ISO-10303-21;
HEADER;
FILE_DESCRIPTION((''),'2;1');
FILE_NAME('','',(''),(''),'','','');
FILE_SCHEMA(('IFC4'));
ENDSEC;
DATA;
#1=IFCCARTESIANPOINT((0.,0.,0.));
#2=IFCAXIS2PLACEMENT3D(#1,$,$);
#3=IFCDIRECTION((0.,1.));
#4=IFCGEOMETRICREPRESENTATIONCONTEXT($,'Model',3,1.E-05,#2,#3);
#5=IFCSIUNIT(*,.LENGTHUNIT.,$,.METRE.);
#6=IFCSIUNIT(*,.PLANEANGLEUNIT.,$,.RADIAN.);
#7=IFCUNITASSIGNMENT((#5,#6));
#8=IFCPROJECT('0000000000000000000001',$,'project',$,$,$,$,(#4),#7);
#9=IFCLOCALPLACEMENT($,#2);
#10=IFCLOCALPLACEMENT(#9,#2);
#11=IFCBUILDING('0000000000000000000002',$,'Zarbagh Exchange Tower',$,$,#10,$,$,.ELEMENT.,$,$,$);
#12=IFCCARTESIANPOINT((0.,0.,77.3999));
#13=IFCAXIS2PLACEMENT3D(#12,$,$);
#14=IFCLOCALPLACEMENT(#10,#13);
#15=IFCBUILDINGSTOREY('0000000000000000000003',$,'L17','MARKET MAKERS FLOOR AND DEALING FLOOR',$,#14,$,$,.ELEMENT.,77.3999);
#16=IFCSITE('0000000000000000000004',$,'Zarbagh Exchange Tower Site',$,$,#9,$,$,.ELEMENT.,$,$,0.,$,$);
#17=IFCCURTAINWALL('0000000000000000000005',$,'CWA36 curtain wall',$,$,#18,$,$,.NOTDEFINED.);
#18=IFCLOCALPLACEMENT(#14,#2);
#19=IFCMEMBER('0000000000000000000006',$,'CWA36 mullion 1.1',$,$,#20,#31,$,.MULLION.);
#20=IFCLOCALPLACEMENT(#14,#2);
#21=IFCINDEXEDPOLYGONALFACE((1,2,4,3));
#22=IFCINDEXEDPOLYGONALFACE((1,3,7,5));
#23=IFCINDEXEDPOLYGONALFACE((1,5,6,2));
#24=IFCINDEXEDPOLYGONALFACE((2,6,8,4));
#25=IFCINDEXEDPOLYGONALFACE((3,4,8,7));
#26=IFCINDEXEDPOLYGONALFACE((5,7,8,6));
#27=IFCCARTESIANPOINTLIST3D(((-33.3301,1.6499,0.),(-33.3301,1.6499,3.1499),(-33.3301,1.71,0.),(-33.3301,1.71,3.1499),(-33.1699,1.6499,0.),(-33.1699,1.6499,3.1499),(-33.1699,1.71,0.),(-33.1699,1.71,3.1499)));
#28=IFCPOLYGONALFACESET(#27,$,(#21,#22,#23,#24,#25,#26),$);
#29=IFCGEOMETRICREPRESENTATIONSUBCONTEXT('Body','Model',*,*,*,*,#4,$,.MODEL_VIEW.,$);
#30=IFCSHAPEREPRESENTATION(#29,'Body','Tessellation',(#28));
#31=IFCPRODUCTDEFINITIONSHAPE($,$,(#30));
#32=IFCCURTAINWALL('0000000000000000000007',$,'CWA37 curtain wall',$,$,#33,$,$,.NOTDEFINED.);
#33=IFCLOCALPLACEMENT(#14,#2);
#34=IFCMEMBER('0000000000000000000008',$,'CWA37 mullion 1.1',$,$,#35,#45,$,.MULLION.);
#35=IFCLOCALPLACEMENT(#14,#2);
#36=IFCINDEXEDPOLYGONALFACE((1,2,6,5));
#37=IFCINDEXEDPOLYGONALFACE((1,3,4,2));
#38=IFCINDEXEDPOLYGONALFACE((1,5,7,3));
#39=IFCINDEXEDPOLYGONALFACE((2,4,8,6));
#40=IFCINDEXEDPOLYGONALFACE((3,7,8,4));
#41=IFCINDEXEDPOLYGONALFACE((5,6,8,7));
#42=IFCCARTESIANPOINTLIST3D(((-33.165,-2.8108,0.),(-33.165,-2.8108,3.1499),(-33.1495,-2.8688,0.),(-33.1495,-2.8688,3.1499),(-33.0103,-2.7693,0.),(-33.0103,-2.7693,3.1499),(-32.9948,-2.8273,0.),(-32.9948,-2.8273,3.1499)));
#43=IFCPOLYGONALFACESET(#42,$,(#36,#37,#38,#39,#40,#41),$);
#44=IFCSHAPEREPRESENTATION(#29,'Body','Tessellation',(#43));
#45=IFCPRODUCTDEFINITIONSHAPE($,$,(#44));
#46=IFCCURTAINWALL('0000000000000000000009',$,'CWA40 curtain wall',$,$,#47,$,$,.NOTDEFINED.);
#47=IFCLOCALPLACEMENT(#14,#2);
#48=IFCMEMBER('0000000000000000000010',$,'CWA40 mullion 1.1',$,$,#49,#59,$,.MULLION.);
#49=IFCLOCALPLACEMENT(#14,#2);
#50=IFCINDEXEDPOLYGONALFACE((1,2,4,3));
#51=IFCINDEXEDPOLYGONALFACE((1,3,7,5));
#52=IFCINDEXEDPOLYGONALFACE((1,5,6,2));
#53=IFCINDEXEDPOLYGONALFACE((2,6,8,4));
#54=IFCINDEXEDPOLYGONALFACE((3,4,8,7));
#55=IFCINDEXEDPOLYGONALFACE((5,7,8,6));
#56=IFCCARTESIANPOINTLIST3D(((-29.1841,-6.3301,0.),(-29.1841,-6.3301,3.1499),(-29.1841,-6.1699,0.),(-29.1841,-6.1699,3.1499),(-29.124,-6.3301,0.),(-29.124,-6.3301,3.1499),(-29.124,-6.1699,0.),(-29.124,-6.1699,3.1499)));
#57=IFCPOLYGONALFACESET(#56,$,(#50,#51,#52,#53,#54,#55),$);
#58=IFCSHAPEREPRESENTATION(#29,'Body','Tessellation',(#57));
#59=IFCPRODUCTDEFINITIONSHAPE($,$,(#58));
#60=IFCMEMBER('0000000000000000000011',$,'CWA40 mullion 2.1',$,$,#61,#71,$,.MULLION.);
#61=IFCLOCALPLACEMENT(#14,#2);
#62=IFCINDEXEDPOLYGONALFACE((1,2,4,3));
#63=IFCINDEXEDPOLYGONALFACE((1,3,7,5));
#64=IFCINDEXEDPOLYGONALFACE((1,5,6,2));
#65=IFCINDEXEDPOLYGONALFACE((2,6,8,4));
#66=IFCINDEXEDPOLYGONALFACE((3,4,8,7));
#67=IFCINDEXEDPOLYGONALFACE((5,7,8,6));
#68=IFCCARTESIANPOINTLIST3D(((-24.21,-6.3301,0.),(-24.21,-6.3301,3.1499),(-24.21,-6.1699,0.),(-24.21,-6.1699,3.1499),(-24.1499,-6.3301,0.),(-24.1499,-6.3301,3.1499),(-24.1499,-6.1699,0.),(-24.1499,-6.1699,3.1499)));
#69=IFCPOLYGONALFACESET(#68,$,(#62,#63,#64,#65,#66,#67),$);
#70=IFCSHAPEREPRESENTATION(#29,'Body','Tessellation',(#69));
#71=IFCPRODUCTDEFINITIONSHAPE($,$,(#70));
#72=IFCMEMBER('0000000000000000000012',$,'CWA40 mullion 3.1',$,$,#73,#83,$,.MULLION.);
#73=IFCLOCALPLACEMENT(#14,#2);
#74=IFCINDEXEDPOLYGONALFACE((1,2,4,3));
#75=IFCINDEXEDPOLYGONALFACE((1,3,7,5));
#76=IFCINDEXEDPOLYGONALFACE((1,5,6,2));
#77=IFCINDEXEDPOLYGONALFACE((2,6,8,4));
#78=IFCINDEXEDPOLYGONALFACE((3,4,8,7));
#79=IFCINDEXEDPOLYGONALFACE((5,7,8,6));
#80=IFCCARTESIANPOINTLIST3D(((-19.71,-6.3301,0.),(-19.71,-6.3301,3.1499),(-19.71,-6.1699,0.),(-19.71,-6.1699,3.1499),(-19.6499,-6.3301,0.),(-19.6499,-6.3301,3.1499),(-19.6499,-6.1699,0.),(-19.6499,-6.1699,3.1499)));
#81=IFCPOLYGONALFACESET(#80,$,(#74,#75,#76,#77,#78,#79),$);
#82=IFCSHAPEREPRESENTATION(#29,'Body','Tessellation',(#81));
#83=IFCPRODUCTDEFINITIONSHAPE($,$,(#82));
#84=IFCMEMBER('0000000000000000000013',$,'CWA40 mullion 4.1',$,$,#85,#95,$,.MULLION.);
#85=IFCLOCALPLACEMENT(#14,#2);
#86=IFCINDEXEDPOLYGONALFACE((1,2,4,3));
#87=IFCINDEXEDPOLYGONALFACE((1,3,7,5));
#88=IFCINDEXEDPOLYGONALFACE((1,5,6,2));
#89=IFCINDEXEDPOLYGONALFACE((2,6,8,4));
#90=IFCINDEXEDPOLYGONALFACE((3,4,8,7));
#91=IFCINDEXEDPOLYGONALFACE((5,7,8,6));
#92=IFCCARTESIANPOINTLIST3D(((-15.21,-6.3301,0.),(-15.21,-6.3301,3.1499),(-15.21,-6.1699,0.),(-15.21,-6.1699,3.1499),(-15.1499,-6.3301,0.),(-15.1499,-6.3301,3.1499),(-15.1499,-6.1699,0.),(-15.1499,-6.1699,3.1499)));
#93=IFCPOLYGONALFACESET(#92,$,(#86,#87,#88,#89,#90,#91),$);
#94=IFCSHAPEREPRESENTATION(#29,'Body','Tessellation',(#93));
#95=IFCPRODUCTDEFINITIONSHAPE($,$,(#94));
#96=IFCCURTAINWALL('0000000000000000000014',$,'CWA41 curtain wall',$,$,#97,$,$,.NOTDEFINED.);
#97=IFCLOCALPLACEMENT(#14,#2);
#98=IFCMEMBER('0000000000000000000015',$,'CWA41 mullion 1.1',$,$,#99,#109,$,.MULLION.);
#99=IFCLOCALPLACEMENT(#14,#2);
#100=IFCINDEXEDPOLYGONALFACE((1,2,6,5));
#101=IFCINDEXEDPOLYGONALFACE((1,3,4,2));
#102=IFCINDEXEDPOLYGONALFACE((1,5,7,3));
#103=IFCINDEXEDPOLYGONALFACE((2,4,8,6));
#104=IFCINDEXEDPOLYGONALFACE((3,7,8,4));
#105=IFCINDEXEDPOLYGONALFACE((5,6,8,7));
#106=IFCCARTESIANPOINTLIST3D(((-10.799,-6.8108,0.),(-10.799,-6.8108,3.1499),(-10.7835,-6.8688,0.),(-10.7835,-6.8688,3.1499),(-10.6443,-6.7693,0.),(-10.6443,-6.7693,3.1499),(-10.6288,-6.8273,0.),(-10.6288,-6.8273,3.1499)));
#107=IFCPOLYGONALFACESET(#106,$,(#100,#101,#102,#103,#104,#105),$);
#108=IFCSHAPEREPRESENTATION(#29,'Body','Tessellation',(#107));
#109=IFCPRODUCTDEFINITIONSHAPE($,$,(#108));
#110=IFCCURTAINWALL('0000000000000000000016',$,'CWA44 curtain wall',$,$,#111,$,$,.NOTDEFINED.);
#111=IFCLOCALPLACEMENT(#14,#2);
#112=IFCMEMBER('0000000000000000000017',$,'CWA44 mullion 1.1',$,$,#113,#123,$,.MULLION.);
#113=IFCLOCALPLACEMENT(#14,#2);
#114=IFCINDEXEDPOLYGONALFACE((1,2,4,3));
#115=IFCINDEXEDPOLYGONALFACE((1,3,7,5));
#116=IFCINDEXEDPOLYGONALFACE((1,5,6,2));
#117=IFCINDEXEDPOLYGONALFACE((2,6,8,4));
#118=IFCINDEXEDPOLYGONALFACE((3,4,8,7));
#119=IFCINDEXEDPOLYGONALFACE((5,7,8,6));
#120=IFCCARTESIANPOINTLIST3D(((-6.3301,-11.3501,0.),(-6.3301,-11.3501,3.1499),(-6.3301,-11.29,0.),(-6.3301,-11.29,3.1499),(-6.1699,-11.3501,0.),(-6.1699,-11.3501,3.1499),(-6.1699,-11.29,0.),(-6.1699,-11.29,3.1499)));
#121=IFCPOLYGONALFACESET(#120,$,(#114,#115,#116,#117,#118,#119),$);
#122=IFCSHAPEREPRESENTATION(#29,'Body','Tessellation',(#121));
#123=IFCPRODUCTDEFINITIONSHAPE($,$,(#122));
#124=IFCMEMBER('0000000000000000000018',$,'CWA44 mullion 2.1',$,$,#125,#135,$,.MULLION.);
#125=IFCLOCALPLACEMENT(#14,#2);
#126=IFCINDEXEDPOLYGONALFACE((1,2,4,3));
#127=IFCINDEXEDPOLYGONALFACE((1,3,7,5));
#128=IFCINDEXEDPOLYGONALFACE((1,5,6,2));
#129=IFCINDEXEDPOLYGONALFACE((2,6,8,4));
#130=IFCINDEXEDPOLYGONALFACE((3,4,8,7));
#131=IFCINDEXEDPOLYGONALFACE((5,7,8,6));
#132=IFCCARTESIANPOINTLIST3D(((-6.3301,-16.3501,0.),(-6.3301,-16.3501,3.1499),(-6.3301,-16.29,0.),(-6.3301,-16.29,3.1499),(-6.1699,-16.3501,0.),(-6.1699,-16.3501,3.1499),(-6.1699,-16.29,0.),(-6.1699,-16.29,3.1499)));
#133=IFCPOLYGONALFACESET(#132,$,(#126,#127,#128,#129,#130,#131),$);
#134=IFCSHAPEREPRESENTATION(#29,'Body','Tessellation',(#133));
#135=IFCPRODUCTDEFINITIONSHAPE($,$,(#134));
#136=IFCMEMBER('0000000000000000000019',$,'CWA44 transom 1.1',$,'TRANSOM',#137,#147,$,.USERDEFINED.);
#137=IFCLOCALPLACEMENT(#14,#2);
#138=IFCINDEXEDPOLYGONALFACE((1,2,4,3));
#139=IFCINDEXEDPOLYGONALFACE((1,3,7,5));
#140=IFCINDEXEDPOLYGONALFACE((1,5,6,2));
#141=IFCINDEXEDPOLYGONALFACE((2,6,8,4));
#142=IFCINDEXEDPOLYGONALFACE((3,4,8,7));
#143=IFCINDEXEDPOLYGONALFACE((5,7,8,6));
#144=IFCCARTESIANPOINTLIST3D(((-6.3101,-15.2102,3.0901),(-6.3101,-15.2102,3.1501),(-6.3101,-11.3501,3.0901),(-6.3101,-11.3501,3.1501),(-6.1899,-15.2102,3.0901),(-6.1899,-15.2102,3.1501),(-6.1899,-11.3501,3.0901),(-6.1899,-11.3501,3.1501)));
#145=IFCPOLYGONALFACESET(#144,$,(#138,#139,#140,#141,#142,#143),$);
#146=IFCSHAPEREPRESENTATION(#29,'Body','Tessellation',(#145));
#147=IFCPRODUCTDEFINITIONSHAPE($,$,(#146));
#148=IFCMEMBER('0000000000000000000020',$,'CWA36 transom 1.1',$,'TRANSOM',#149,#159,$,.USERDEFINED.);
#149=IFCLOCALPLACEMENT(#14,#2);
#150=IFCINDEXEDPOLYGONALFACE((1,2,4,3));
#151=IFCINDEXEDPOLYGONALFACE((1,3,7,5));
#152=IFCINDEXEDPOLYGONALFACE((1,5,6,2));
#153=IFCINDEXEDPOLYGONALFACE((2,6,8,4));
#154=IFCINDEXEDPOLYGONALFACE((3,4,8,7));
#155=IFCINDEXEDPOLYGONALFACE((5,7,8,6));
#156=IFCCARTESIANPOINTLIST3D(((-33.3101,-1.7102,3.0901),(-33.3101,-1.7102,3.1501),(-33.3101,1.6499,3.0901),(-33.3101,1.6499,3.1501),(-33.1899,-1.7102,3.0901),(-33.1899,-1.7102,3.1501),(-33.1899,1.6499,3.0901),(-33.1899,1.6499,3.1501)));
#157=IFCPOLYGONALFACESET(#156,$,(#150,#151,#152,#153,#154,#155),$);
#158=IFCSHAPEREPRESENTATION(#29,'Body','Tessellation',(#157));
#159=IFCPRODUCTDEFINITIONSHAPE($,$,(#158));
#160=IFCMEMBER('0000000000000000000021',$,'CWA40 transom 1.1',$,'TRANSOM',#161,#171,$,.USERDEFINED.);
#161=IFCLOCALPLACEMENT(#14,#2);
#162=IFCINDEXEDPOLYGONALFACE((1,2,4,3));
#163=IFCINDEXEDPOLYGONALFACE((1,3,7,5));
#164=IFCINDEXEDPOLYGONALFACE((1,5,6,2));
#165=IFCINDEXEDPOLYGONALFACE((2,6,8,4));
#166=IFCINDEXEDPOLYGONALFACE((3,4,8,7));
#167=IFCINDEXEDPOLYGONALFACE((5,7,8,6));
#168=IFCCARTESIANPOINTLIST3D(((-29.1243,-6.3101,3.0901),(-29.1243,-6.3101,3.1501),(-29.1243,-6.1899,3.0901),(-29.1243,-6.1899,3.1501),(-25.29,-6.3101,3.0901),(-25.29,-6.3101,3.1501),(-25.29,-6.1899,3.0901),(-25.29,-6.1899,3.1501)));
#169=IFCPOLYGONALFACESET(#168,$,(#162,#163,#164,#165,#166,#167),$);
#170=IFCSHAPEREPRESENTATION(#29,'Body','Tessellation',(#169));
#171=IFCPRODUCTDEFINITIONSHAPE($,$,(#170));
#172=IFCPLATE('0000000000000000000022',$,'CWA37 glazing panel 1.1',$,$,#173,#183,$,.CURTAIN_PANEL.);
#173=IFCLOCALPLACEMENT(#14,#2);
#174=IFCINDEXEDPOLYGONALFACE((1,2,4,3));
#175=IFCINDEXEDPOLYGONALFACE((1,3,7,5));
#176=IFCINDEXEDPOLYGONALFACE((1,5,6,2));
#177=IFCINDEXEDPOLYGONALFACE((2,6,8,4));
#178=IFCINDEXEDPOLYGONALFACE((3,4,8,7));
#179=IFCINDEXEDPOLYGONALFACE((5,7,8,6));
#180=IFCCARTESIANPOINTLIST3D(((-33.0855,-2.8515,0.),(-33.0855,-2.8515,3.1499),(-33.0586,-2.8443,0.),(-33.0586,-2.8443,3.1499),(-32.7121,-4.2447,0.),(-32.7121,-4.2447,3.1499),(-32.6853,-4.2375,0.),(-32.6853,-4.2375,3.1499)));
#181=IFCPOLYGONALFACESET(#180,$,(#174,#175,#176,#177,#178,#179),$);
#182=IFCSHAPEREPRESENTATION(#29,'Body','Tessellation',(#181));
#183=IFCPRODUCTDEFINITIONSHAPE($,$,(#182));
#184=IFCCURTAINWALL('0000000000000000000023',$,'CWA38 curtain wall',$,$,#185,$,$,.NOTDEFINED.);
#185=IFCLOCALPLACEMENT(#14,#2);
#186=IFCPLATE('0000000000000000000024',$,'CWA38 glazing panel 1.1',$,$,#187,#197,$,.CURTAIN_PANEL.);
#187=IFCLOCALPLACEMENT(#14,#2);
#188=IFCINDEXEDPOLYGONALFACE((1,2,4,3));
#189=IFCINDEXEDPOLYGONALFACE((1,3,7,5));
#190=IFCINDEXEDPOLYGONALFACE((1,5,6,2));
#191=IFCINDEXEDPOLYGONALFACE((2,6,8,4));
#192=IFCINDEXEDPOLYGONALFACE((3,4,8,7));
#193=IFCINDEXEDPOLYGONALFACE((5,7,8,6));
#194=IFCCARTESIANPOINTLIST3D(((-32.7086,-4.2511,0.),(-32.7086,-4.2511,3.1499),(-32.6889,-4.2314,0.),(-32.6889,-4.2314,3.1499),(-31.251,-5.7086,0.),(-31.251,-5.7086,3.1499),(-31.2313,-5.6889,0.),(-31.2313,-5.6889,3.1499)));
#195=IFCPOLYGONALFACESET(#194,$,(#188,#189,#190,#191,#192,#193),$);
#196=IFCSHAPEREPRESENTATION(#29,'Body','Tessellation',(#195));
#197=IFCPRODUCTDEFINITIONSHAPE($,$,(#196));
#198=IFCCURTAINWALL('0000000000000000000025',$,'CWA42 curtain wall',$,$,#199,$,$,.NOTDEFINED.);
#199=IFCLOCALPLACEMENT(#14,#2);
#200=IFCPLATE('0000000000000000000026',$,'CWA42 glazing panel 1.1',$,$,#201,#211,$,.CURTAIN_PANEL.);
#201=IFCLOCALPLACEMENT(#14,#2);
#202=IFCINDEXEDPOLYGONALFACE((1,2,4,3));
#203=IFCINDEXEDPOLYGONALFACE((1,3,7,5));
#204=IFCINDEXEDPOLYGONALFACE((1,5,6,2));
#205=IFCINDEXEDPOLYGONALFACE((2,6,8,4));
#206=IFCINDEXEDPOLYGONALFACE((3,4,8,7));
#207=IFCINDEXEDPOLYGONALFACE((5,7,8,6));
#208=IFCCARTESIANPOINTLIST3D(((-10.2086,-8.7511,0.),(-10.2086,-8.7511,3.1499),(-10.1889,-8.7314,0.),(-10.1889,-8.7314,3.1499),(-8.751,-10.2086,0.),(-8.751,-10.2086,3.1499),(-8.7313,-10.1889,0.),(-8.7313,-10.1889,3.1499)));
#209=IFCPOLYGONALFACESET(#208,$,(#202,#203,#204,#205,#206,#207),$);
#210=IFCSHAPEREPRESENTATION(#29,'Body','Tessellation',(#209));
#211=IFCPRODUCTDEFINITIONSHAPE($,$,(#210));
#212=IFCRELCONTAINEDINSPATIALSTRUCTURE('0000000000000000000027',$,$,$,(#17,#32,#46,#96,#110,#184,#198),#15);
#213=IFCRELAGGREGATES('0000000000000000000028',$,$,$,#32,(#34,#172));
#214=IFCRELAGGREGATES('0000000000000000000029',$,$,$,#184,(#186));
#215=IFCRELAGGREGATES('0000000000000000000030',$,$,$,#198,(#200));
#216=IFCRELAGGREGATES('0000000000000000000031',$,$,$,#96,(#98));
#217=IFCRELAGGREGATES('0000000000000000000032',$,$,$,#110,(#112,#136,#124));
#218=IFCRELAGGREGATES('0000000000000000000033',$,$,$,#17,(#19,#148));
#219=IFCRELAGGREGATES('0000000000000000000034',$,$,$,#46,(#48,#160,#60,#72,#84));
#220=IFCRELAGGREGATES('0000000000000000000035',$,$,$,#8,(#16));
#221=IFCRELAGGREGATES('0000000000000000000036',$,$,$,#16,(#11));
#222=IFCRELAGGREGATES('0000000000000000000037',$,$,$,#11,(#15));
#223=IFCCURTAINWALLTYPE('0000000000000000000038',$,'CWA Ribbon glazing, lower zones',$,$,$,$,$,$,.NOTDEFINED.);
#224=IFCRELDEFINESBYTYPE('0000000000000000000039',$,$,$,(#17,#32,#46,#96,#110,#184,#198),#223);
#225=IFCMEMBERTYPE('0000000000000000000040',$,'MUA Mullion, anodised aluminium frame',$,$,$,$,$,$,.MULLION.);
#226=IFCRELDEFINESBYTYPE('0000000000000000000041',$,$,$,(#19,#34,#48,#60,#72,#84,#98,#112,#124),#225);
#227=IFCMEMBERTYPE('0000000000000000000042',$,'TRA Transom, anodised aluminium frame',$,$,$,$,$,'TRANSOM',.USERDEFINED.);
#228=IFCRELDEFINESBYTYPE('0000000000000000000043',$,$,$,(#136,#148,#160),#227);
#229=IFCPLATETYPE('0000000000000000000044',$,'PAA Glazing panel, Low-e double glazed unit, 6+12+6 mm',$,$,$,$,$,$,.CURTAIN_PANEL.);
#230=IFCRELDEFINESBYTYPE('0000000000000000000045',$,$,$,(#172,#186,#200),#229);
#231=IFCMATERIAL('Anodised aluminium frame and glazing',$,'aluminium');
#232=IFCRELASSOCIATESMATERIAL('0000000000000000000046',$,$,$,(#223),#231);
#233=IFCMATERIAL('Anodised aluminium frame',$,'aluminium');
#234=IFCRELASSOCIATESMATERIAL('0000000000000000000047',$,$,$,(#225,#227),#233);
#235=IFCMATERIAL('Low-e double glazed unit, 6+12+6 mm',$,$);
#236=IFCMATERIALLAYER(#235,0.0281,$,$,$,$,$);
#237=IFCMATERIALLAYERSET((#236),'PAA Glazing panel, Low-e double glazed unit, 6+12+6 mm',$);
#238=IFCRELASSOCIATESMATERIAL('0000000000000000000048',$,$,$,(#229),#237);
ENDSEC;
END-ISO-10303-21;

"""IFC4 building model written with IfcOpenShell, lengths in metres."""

from ifc_helpers import new_model, si_unit, direction, frame, origin, place, context, subcontext, project, spatial, polyline, outline, extrude, source, transform, mapped, material, layer, layer_set, type_object, element, aggregate, save


model = new_model("IFC4")

# Units and contexts
model_context = context("Model", 3, precision=1e-05, world=origin(), true_north=direction((0.0, 1.0)))
body_context = subcontext(model_context, "Body", "Model", "MODEL_VIEW")
ifc_project = project(units=[si_unit("LENGTHUNIT", "METRE"), si_unit("PLANEANGLEUNIT", "RADIAN")], contexts=[model_context])

# Site, building, storey
site_placement = place(None, origin())
site = spatial("IfcSite", under=ifc_project, at=site_placement, Name="Zarbagh Exchange Tower Site", CompositionType="ELEMENT", RefElevation=0.0)
building_placement = place(site_placement, origin())
building = spatial("IfcBuilding", under=site, at=building_placement, Name="Zarbagh Exchange Tower", CompositionType="ELEMENT")
storey_placement = place(building_placement, frame((0.0, 0.0, 77.3999)))
storey = spatial("IfcBuildingStorey", under=building, at=storey_placement, Name="L17", Description="MARKET MAKERS FLOOR AND DEALING FLOOR", CompositionType="ELEMENT", Elevation=77.3999)

# Curtain walls, members
ifc_material_1 = material(Name="Anodised aluminium frame and glazing", Category="aluminium")
curtain_wall_type = type_object("IfcCurtainWallType", Name="CWA Ribbon glazing, lower zones", PredefinedType="NOTDEFINED", material=ifc_material_1)
curtain_wall_1_placement = place(storey_placement, origin())
curtain_wall_1 = element("IfcCurtainWall", 1, at=curtain_wall_1_placement, inside=storey, type_object=curtain_wall_type, Name="CWA36 curtain wall", PredefinedType="NOTDEFINED")
ifc_material_2 = material(Name="Anodised aluminium frame", Category="aluminium")
member_type_1 = type_object("IfcMemberType", Name="MUA Mullion, anodised aluminium frame", PredefinedType="MULLION", material=ifc_material_2)
shared_shape_1 = source(origin(), body_context, "Body", "SweptSolid", [
    extrude(outline(polyline([(0.0, -0.0801), (0.0601, -0.0801), (0.0601, 0.0801), (0.0, 0.0801), (0.0, -0.0801)])), origin(), (0.0, 0.0, 1.0), 3.1499),
])
placement = place(storey_placement, origin())
member_1 = element("IfcMember", 2, at=placement, type_object=member_type_1, Name="CWA36 mullion 1.1", PredefinedType="MULLION", context=body_context, shape_type="MappedRepresentation", body=[
    mapped(shared_shape_1, transform((-33.25, 1.71, 0.0), x_axis=(0.0, -1.0, 0.0), y_axis=(1.0, 0.0, 0.0), z_axis=(0.0, 0.0, 1.0))),
])
curtain_wall_2_placement = place(storey_placement, origin())
curtain_wall_2 = element("IfcCurtainWall", 3, at=curtain_wall_2_placement, inside=storey, type_object=curtain_wall_type, Name="CWA37 curtain wall", PredefinedType="NOTDEFINED")
member_2 = element("IfcMember", 4, at=placement, type_object=member_type_1, Name="CWA37 mullion 1.1", PredefinedType="MULLION", context=body_context, shape_type="MappedRepresentation", body=[
    mapped(shared_shape_1, transform((-33.0876, -2.79, 0.0), x_axis=(0.258825, -0.965924, 0.0), y_axis=(0.965924, 0.258825, 0.0), z_axis=(0.0, 0.0, 1.0))),
])

# Curtain wall, members
curtain_wall_3_placement = place(storey_placement, origin())
curtain_wall_3 = element("IfcCurtainWall", 5, at=curtain_wall_3_placement, inside=storey, type_object=curtain_wall_type, Name="CWA40 curtain wall", PredefinedType="NOTDEFINED")
member_3 = element("IfcMember", 6, at=placement, type_object=member_type_1, Name="CWA40 mullion 1.1", PredefinedType="MULLION", context=body_context, shape_type="MappedRepresentation", body=[
    mapped(shared_shape_1, transform((-29.1841, -6.25, 0.0), x_axis=(1.0, 0.0, 0.0), y_axis=(0.0, 1.0, 0.0), z_axis=(0.0, 0.0, 1.0))),
])
member_4 = element("IfcMember", 7, at=placement, type_object=member_type_1, Name="CWA40 mullion 2.1", PredefinedType="MULLION", context=body_context, shape_type="MappedRepresentation", body=[
    mapped(shared_shape_1, transform((-24.21, -6.25, 0.0), x_axis=(1.0, 0.0, 0.0), y_axis=(0.0, 1.0, 0.0), z_axis=(0.0, 0.0, 1.0))),
])
member_5 = element("IfcMember", 8, at=placement, type_object=member_type_1, Name="CWA40 mullion 3.1", PredefinedType="MULLION", context=body_context, shape_type="MappedRepresentation", body=[
    mapped(shared_shape_1, transform((-19.71, -6.25, 0.0), x_axis=(1.0, 0.0, 0.0), y_axis=(0.0, 1.0, 0.0), z_axis=(0.0, 0.0, 1.0))),
])
member_6 = element("IfcMember", 9, at=placement, type_object=member_type_1, Name="CWA40 mullion 4.1", PredefinedType="MULLION", context=body_context, shape_type="MappedRepresentation", body=[
    mapped(shared_shape_1, transform((-15.21, -6.25, 0.0), x_axis=(1.0, 0.0, 0.0), y_axis=(0.0, 1.0, 0.0), z_axis=(0.0, 0.0, 1.0))),
])

# Curtain wall, member
curtain_wall_4_placement = place(storey_placement, origin())
curtain_wall_4 = element("IfcCurtainWall", 10, at=curtain_wall_4_placement, inside=storey, type_object=curtain_wall_type, Name="CWA41 curtain wall", PredefinedType="NOTDEFINED")
member_7 = element("IfcMember", 11, at=placement, type_object=member_type_1, Name="CWA41 mullion 1.1", PredefinedType="MULLION", context=body_context, shape_type="MappedRepresentation", body=[
    mapped(shared_shape_1, transform((-10.7217, -6.79, 0.0), x_axis=(0.258825, -0.965924, 0.0), y_axis=(0.965924, 0.258825, 0.0), z_axis=(0.0, 0.0, 1.0))),
])

# Curtain wall, members
curtain_wall_5_placement = place(storey_placement, origin())
curtain_wall_5 = element("IfcCurtainWall", 12, at=curtain_wall_5_placement, inside=storey, type_object=curtain_wall_type, Name="CWA44 curtain wall", PredefinedType="NOTDEFINED")
member_8 = element("IfcMember", 13, at=placement, type_object=member_type_1, Name="CWA44 mullion 1.1", PredefinedType="MULLION", context=body_context, shape_type="MappedRepresentation", body=[
    mapped(shared_shape_1, transform((-6.25, -11.29, 0.0), x_axis=(0.0, -1.0, 0.0), y_axis=(1.0, 0.0, 0.0), z_axis=(0.0, 0.0, 1.0))),
])
member_9 = element("IfcMember", 14, at=placement, type_object=member_type_1, Name="CWA44 mullion 2.1", PredefinedType="MULLION", context=body_context, shape_type="MappedRepresentation", body=[
    mapped(shared_shape_1, transform((-6.25, -16.29, 0.0), x_axis=(0.0, -1.0, 0.0), y_axis=(1.0, 0.0, 0.0), z_axis=(0.0, 0.0, 1.0))),
])
member_type_2 = type_object("IfcMemberType", Name="TRA Transom, anodised aluminium frame", ElementType="TRANSOM", PredefinedType="USERDEFINED", material=ifc_material_2)
shared_shape_2 = source(origin(), body_context, "Body", "SweptSolid", [
    extrude(outline(polyline([(-0.0601, -0.0601), (0.0, -0.0601), (0.0, 0.0601), (-0.0601, 0.0601), (-0.0601, -0.0601)])), origin(), (0.0, 0.0, 1.0), 3.8601),
])
member_10 = element("IfcMember", 15, at=placement, type_object=member_type_2, Name="CWA44 transom 1.1", ObjectType="TRANSOM", PredefinedType="USERDEFINED", context=body_context, shape_type="MappedRepresentation", body=[
    mapped(shared_shape_2, transform((-6.25, -11.3501, 3.1501), x_axis=(0.0, 0.0, 1.0), y_axis=(-1.0, 0.0, 0.0), z_axis=(0.0, -1.0, 0.0))),
])

# Members
shared_shape_3 = source(origin(), body_context, "Body", "SweptSolid", [
    extrude(outline(polyline([(-0.0601, -0.0601), (0.0, -0.0601), (0.0, 0.0601), (-0.0601, 0.0601), (-0.0601, -0.0601)])), origin(), (0.0, 0.0, 1.0), 3.3601),
])
member_11 = element("IfcMember", 16, at=placement, type_object=member_type_2, Name="CWA36 transom 1.1", ObjectType="TRANSOM", PredefinedType="USERDEFINED", context=body_context, shape_type="MappedRepresentation", body=[
    mapped(shared_shape_3, transform((-33.25, 1.6499, 3.1501), x_axis=(0.0, 0.0, 1.0), y_axis=(-1.0, 0.0, 0.0), z_axis=(0.0, -1.0, 0.0))),
])
shared_shape_4 = source(origin(), body_context, "Body", "SweptSolid", [
    extrude(outline(polyline([(-0.0601, -0.0601), (0.0, -0.0601), (0.0, 0.0601), (-0.0601, 0.0601), (-0.0601, -0.0601)])), origin(), (0.0, 0.0, 1.0), 3.8342),
])
member_12 = element("IfcMember", 17, at=placement, type_object=member_type_2, Name="CWA40 transom 1.1", ObjectType="TRANSOM", PredefinedType="USERDEFINED", context=body_context, shape_type="MappedRepresentation", body=[
    mapped(shared_shape_4, transform((-29.1243, -6.25, 3.1501), x_axis=(0.0, 0.0, 1.0), y_axis=(0.0, -1.0, 0.0), z_axis=(1.0, 0.0, 0.0))),
])

# Plate
ifc_material_3 = material(Name="Low-e double glazed unit, 6+12+6 mm")
ifc_layer = layer(ifc_material_3, 0.0281)
ifc_layer_set = layer_set([ifc_layer], Name="PAA Glazing panel, Low-e double glazed unit, 6+12+6 mm")
plate_type = type_object("IfcPlateType", Name="PAA Glazing panel, Low-e double glazed unit, 6+12+6 mm", PredefinedType="CURTAIN_PANEL", material=ifc_layer_set)
shared_shape_5 = source(origin(), body_context, "Body", "SweptSolid", [
    extrude(outline(polyline([(0.0, -0.0139), (1.4424, -0.0139), (1.4424, 0.0139), (0.0, 0.0139), (0.0, -0.0139)])), origin(), (0.0, 0.0, 1.0), 3.1499),
])
plate_1 = element("IfcPlate", 18, at=placement, type_object=plate_type, Name="CWA37 glazing panel 1.1", PredefinedType="CURTAIN_PANEL", context=body_context, shape_type="MappedRepresentation", body=[
    mapped(shared_shape_5, transform((-33.072, -2.8479, 0.0), x_axis=(0.258825, -0.965924, 0.0), y_axis=(0.965924, 0.258825, 0.0), z_axis=(0.0, 0.0, 1.0))),
])
aggregate(curtain_wall_2, [member_2, plate_1])

# Curtain walls, plates
curtain_wall_6_placement = place(storey_placement, origin())
curtain_wall_6 = element("IfcCurtainWall", 19, at=curtain_wall_6_placement, inside=storey, type_object=curtain_wall_type, Name="CWA38 curtain wall", PredefinedType="NOTDEFINED")
shared_shape_6 = source(origin(), body_context, "Body", "SweptSolid", [
    extrude(outline(polyline([(0.0, -0.0139), (2.0613, -0.0139), (2.0613, 0.0139), (0.0, 0.0139), (0.0, -0.0139)])), origin(), (0.0, 0.0, 1.0), 3.1499),
])
plate_2 = element("IfcPlate", 20, at=placement, type_object=plate_type, Name="CWA38 glazing panel 1.1", PredefinedType="CURTAIN_PANEL", context=body_context, shape_type="MappedRepresentation", body=[
    mapped(shared_shape_6, transform((-32.6987, -4.2412, 0.0), x_axis=(0.707107, -0.707107, 0.0), y_axis=(0.707107, 0.707107, 0.0), z_axis=(0.0, 0.0, 1.0))),
])
aggregate(curtain_wall_6, [plate_2])
curtain_wall_7_placement = place(storey_placement, origin())
curtain_wall_7 = element("IfcCurtainWall", 21, at=curtain_wall_7_placement, inside=storey, type_object=curtain_wall_type, Name="CWA42 curtain wall", PredefinedType="NOTDEFINED")
plate_3 = element("IfcPlate", 22, at=placement, type_object=plate_type, Name="CWA42 glazing panel 1.1", PredefinedType="CURTAIN_PANEL", context=body_context, shape_type="MappedRepresentation", body=[
    mapped(shared_shape_6, transform((-10.1987, -8.7412, 0.0), x_axis=(0.707107, -0.707107, 0.0), y_axis=(0.707107, 0.707107, 0.0), z_axis=(0.0, 0.0, 1.0))),
])
aggregate(curtain_wall_7, [plate_3])

aggregate(curtain_wall_4, [member_7])

aggregate(curtain_wall_5, [member_8, member_10, member_9])
aggregate(curtain_wall_1, [member_1, member_11])
aggregate(curtain_wall_3, [member_3, member_12, member_4, member_5, member_6])

save(model, "model.ifc")
